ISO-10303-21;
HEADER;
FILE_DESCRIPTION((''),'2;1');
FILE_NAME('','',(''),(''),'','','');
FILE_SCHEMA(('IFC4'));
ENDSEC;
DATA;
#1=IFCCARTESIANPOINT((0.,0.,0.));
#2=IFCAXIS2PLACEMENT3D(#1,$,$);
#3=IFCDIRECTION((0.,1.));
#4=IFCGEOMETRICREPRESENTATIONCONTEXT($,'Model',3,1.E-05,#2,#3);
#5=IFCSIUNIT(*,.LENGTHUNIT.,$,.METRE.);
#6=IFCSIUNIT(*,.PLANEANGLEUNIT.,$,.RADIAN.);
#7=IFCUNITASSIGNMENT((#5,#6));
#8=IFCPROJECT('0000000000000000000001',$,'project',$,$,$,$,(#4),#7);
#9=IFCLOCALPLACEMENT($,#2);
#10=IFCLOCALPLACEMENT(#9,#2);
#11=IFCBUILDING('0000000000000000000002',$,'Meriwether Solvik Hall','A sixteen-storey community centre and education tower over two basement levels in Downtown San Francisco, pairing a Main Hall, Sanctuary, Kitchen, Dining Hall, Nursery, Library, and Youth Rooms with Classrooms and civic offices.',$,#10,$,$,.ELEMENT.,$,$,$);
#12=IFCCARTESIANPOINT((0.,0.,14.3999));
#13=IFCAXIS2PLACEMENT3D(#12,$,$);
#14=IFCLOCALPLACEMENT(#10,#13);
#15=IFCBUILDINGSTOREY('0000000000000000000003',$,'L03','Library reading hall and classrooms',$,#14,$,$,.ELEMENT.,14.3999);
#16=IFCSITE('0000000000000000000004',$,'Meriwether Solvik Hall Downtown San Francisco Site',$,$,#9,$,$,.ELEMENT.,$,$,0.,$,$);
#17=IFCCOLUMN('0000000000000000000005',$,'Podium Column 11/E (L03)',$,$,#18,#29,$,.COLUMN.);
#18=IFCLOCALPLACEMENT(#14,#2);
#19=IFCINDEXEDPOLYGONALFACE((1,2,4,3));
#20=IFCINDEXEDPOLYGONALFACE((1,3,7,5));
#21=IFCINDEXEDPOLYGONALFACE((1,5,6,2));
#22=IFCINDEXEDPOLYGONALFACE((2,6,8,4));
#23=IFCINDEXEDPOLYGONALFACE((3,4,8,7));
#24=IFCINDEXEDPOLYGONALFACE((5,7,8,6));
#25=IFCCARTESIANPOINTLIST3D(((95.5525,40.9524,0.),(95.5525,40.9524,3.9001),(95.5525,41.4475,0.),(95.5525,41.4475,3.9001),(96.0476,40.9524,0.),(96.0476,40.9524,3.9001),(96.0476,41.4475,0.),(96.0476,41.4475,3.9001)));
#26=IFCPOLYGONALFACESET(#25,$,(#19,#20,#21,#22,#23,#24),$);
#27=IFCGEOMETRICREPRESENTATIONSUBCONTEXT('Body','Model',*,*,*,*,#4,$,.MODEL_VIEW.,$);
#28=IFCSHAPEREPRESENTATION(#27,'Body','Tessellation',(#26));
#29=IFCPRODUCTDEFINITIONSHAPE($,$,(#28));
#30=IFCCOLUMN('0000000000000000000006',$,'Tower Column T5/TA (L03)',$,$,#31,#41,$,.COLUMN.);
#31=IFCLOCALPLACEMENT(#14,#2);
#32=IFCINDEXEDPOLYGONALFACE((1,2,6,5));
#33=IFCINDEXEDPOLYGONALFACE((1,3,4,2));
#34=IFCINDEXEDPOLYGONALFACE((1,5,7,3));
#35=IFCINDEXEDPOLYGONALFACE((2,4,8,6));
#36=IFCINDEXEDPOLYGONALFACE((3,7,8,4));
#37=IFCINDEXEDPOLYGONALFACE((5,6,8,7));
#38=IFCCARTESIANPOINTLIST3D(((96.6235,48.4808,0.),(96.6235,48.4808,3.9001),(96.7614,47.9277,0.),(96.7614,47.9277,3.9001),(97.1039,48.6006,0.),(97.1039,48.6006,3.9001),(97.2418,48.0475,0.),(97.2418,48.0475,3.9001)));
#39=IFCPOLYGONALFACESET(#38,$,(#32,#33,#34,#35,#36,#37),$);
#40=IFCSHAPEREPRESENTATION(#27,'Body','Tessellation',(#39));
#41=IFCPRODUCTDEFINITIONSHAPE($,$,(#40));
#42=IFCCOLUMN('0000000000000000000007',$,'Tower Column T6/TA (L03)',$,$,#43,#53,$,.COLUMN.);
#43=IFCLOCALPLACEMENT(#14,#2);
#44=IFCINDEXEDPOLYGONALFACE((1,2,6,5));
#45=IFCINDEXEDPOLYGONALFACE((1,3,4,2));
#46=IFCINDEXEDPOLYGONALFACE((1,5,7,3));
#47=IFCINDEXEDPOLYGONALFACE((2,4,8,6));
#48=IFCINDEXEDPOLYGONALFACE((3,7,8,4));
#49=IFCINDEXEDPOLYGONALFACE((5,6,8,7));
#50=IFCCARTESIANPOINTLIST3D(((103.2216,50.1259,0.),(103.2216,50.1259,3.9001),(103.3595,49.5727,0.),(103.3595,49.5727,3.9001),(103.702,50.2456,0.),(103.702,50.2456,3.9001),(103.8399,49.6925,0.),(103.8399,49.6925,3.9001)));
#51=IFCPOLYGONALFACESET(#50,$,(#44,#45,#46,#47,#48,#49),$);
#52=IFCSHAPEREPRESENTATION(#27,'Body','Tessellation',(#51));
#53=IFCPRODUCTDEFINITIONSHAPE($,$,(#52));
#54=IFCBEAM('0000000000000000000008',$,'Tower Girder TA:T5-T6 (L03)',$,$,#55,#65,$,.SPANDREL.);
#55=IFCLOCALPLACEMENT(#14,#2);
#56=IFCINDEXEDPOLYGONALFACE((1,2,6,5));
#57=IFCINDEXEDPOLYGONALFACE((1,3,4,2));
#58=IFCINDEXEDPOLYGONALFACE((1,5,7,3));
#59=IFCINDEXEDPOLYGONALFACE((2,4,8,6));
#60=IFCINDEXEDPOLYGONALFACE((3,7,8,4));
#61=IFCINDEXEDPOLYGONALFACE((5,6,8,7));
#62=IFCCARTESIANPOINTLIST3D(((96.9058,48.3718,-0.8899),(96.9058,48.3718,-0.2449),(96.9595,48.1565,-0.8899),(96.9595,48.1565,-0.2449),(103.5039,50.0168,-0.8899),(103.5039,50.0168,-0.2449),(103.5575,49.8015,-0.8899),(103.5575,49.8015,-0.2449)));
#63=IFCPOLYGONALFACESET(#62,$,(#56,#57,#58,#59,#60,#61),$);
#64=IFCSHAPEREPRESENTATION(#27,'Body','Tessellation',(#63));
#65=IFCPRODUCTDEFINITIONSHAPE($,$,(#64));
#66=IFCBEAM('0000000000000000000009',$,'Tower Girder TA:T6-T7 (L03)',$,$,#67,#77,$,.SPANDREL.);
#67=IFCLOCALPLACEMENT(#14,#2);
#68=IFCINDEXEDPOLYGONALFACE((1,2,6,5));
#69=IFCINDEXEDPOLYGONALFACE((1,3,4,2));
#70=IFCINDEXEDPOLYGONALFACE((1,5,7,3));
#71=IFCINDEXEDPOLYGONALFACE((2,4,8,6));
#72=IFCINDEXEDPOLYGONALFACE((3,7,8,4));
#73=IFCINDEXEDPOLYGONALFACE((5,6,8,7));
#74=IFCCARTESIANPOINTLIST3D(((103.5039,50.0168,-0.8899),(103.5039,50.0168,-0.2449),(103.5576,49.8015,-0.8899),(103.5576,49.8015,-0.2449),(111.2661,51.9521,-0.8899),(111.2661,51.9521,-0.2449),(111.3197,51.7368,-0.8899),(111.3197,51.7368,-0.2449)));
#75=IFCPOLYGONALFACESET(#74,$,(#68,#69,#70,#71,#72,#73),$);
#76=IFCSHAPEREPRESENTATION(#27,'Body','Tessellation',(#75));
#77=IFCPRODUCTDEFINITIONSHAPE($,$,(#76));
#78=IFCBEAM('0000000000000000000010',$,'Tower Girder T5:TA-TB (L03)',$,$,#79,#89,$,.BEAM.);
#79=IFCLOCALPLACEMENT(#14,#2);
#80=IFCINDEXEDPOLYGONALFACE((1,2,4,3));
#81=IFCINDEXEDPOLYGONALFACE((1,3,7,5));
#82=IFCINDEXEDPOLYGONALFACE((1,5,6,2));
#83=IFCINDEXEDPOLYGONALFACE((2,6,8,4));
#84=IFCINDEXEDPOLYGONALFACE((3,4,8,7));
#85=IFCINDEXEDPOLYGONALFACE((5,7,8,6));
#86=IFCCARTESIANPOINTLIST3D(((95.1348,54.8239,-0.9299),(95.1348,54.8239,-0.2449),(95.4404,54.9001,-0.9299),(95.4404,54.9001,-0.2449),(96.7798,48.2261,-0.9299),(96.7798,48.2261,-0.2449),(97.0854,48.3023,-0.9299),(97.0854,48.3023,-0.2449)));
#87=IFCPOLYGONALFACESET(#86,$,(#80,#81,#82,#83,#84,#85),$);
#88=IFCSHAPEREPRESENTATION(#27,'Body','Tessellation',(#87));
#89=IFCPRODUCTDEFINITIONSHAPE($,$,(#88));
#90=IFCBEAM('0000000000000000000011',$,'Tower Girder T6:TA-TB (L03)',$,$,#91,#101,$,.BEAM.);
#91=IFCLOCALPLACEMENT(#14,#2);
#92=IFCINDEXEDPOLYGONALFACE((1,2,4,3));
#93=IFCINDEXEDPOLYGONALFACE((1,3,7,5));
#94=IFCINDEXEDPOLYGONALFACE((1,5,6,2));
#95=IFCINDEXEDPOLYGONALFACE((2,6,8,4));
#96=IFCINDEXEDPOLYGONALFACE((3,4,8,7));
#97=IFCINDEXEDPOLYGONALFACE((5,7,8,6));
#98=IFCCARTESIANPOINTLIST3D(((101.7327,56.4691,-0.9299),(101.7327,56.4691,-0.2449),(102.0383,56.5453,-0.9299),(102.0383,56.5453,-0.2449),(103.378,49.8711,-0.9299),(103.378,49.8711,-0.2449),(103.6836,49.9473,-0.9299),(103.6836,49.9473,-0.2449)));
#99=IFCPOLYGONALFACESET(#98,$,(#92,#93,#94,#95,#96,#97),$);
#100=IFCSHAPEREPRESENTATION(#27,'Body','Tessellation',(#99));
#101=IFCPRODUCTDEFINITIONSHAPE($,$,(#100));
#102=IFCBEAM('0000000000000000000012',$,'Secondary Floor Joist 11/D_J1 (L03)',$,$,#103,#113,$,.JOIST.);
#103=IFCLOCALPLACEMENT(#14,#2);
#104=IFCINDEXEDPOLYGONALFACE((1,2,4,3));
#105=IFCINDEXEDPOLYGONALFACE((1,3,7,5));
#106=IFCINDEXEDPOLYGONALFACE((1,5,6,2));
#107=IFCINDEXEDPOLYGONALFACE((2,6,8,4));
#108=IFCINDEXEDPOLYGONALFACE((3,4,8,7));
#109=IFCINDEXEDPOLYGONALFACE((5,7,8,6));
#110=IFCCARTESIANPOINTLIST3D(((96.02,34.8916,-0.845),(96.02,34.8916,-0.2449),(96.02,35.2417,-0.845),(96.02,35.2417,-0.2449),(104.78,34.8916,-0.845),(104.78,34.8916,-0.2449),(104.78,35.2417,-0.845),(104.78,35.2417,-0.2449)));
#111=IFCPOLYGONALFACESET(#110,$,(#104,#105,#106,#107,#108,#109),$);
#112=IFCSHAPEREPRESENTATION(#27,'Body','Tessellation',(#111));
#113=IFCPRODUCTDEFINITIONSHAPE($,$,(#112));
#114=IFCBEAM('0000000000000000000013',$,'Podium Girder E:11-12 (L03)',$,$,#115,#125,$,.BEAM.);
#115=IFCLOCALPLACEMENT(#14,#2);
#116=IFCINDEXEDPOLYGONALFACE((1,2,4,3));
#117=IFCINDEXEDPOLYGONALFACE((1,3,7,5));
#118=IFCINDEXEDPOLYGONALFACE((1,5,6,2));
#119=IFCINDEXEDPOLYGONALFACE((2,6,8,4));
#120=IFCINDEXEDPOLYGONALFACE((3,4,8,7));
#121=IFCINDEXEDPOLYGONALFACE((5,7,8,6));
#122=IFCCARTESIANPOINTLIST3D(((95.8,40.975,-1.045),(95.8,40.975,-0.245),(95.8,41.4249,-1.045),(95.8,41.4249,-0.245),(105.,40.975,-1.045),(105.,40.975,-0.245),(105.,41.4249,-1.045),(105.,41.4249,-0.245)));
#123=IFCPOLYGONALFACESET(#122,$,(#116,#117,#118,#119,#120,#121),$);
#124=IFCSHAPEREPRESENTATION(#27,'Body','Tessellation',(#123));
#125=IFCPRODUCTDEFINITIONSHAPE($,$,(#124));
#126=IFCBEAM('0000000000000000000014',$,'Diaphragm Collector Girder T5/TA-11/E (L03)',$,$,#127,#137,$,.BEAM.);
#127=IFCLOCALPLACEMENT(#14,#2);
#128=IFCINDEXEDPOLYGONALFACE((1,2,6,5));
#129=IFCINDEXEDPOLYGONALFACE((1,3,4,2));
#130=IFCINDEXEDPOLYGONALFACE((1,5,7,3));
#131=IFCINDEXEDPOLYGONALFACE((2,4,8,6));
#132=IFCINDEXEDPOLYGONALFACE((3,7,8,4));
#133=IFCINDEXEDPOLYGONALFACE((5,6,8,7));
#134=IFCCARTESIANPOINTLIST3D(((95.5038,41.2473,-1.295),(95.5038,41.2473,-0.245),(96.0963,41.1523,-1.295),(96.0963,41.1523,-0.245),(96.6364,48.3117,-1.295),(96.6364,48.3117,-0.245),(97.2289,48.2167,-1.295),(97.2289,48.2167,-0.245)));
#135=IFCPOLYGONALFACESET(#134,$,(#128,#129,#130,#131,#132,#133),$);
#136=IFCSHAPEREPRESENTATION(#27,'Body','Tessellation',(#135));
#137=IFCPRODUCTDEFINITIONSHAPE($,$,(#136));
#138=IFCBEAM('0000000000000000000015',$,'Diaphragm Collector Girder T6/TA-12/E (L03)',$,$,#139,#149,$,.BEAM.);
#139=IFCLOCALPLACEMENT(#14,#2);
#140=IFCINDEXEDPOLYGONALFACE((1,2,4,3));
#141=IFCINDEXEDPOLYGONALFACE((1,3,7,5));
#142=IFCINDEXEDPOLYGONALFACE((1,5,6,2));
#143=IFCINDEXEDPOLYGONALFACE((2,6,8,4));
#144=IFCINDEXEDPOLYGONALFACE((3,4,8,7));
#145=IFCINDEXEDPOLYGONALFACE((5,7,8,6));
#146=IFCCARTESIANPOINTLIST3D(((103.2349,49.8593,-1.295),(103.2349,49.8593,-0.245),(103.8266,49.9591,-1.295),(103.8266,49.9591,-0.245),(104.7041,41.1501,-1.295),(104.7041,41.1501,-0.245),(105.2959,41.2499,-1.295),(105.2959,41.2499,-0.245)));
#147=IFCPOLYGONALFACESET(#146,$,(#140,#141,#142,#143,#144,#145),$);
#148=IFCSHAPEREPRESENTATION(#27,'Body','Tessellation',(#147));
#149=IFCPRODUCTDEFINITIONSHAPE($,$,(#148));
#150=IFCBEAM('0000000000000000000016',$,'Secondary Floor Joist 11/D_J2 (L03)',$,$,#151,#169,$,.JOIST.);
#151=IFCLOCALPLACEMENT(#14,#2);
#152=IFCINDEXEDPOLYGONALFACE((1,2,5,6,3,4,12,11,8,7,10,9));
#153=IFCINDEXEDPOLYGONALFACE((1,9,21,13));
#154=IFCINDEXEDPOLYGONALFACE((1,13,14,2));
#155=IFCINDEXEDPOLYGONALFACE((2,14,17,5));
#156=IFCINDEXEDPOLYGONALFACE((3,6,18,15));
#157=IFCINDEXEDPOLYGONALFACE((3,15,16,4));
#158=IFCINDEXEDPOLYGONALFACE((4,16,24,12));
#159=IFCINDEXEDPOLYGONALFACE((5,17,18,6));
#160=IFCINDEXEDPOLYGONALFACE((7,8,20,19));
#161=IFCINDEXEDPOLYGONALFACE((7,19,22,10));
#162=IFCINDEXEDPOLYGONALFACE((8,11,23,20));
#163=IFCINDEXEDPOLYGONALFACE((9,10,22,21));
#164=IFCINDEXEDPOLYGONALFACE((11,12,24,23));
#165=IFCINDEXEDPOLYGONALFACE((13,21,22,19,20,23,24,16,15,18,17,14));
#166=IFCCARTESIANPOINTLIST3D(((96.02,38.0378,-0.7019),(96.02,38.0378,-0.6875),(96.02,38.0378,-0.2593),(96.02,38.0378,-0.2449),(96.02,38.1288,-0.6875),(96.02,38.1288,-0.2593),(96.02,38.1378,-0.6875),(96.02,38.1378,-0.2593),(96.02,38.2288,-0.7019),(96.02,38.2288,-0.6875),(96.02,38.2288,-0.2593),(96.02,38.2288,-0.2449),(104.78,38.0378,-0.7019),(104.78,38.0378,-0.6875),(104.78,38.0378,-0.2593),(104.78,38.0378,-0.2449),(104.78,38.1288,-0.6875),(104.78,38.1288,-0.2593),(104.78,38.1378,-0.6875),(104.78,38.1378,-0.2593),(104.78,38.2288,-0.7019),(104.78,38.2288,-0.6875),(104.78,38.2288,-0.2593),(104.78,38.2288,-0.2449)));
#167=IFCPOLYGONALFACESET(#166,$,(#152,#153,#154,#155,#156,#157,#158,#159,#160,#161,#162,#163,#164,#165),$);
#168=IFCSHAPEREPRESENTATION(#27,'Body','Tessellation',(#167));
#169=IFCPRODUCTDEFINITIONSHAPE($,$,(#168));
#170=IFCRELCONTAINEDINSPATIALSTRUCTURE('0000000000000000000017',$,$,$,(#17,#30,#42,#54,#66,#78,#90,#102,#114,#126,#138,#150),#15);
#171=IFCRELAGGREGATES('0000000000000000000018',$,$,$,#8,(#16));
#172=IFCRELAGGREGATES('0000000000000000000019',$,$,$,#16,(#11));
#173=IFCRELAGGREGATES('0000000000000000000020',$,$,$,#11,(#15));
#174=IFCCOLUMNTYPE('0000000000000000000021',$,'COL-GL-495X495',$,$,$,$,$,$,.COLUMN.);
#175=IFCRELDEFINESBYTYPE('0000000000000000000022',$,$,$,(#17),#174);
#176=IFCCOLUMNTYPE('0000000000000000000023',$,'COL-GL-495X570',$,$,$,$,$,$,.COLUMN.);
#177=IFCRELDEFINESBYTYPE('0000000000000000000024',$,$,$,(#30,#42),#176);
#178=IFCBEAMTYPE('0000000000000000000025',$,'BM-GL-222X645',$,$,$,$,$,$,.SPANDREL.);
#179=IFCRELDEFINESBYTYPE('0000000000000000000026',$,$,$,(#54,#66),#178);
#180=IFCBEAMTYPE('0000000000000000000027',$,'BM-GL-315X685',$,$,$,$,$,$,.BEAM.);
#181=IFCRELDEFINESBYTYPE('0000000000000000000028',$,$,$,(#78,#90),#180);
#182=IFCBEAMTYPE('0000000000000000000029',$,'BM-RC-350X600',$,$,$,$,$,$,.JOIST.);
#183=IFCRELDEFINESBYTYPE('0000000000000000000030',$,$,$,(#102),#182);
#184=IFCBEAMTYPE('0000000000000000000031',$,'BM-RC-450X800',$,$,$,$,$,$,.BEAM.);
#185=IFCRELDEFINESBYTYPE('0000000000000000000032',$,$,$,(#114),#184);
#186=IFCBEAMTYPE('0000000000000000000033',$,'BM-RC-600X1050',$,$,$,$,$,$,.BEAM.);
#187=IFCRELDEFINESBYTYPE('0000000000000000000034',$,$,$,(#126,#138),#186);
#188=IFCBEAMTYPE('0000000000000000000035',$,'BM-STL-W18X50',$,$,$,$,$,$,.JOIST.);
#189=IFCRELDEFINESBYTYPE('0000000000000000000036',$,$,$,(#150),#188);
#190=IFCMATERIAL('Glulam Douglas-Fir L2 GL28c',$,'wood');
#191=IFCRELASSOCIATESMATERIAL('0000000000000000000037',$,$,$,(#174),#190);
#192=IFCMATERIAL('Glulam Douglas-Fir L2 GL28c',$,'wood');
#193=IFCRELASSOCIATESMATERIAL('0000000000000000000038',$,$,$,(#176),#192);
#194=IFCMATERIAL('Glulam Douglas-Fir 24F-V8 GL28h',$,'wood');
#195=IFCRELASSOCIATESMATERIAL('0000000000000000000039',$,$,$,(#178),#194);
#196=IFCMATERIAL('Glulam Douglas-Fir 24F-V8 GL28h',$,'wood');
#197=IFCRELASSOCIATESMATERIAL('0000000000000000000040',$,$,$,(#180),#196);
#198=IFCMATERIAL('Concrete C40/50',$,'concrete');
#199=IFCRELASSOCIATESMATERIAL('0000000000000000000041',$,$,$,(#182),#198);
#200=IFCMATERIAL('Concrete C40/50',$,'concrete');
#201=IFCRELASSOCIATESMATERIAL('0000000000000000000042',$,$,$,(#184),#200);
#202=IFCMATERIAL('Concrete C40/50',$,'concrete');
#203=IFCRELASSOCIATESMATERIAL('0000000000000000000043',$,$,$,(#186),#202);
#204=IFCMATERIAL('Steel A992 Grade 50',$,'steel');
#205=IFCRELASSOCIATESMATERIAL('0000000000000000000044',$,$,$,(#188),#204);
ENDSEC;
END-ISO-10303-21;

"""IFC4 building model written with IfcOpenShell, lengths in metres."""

from ifc_helpers import new_model, si_unit, direction, frame, origin, origin_2d, place, context, subcontext, project, spatial, rectangle, i_section, extrude, material, material_profile, profile_set, type_object, element, save


model = new_model("IFC4")

# Units and contexts
model_context = context("Model", 3, precision=1e-05, world=origin(), true_north=direction((0.0, 1.0)))
body_context = subcontext(model_context, "Body", "Model", "MODEL_VIEW")
ifc_project = project(units=[si_unit("LENGTHUNIT", "METRE"), si_unit("PLANEANGLEUNIT", "RADIAN")], contexts=[model_context])

# Site, building, storey
site_placement = place(None, origin())
site = spatial("IfcSite", under=ifc_project, at=site_placement, Name="Meriwether Solvik Hall Downtown San Francisco Site", CompositionType="ELEMENT", RefElevation=0.0)
building_placement = place(site_placement, origin())
building = spatial("IfcBuilding", under=site, at=building_placement, Name="Meriwether Solvik Hall", Description="A sixteen-storey community centre and education tower over two basement levels in Downtown San Francisco, pairing a Main Hall, Sanctuary, Kitchen, Dining Hall, Nursery, Library, and Youth Rooms with Classrooms and civic offices.", CompositionType="ELEMENT")
storey_placement = place(building_placement, frame((0.0, 0.0, 14.3999)))
storey = spatial("IfcBuildingStorey", under=building, at=storey_placement, Name="L03", Description="Library reading hall and classrooms", CompositionType="ELEMENT", Elevation=14.3999)

# Columns
ifc_material_1 = material(Name="Glulam Douglas-Fir L2 GL28c", Category="wood")
ifc_material_profile_1 = material_profile(ifc_material_1, rectangle(XDim=0.4951, YDim=0.4951, at=origin_2d()), Name="GLC-495X495")
ifc_profile_set_1 = profile_set([ifc_material_profile_1], Name="Glulam Douglas-Fir L2 GL28c")
column_type_1 = type_object("IfcColumnType", Name="COL-GL-495X495", PredefinedType="COLUMN", material=ifc_profile_set_1)
column_placement = place(storey_placement, frame((95.8, 41.2, 0.0), z_axis=(0.0, 0.0, 1.0), x_axis=(1.0, 0.0, 0.0)))
element("IfcColumn", 1, at=column_placement, inside=storey, type_object=column_type_1, Name="Podium Column 11/E (L03)", PredefinedType="COLUMN", context=body_context, shape_type="SweptSolid", body=[
    extrude(rectangle(XDim=0.4951, YDim=0.4951, at=origin_2d()), origin(), (0.0, 0.0, 1.0), 3.9001),
])
ifc_material_2 = material(Name="Glulam Douglas-Fir L2 GL28c", Category="wood")
ifc_material_profile_2 = material_profile(ifc_material_2, rectangle(XDim=0.4951, YDim=0.5701, at=origin_2d()), Name="GLC-495X570")
ifc_profile_set_2 = profile_set([ifc_material_profile_2], Name="Glulam Douglas-Fir L2 GL28c")
column_type_2 = type_object("IfcColumnType", Name="COL-GL-495X570", PredefinedType="COLUMN", material=ifc_profile_set_2)
for number, where, z_axis, x_axis, name in (
    (2, (96.9326, 48.2642, 0.0), (0.0, 0.0, 1.0), (0.970296, 0.241922, 0.0), "Tower Column T5/TA (L03)"),
    (3, (103.5308, 49.9092, 0.0), (0.0, 0.0, 1.0), (0.970296, 0.241922, 0.0), "Tower Column T6/TA (L03)"),
):
    element("IfcColumn", number, at=place(storey_placement, frame(where, z_axis=z_axis, x_axis=x_axis)), inside=storey, type_object=column_type_2, Name=name, PredefinedType="COLUMN", context=body_context, shape_type="SweptSolid", body=[
        extrude(rectangle(XDim=0.4951, YDim=0.5701, at=origin_2d()), origin(), (0.0, 0.0, 1.0), 3.9001),
    ])

# Beams
ifc_material_3 = material(Name="Glulam Douglas-Fir 24F-V8 GL28h", Category="wood")
ifc_material_profile_3 = material_profile(ifc_material_3, rectangle(XDim=0.2219, YDim=0.645, at=origin_2d()), Name="GLB-222X645")
ifc_profile_set_3 = profile_set([ifc_material_profile_3], Name="Glulam Douglas-Fir 24F-V8 GL28h")
beam_type_1 = type_object("IfcBeamType", Name="BM-GL-222X645", PredefinedType="SPANDREL", material=ifc_profile_set_3)
beam_1_placement = place(storey_placement, frame((96.9326, 48.2642, -0.5674), z_axis=(0.970299, 0.24191, 0.0), x_axis=(-0.24191, 0.970299, 0.0)))
element("IfcBeam", 4, at=beam_1_placement, inside=storey, type_object=beam_type_1, Name="Tower Girder TA:T5-T6 (L03)", PredefinedType="SPANDREL", context=body_context, shape_type="SweptSolid", body=[
    extrude(rectangle(XDim=0.2219, YDim=0.645, at=origin_2d()), origin(), (0.0, 0.0, 1.0), 6.8),
])
beam_2_placement = place(storey_placement, frame((103.5308, 49.9092, -0.5674), z_axis=(0.970297, 0.241918, 0.0), x_axis=(-0.241918, 0.970297, 0.0)))
element("IfcBeam", 5, at=beam_2_placement, inside=storey, type_object=beam_type_1, Name="Tower Girder TA:T6-T7 (L03)", PredefinedType="SPANDREL", context=body_context, shape_type="SweptSolid", body=[
    extrude(rectangle(XDim=0.2219, YDim=0.645, at=origin_2d()), origin(), (0.0, 0.0, 1.0), 7.9998),
])
ifc_material_4 = material(Name="Glulam Douglas-Fir 24F-V8 GL28h", Category="wood")
ifc_material_profile_4 = material_profile(ifc_material_4, rectangle(XDim=0.3149, YDim=0.6851, at=origin_2d()), Name="GLB-315X685")
ifc_profile_set_4 = profile_set([ifc_material_profile_4], Name="Glulam Douglas-Fir 24F-V8 GL28h")
beam_type_2 = type_object("IfcBeamType", Name="BM-GL-315X685", PredefinedType="BEAM", material=ifc_profile_set_4)
beam_3_placement = place(storey_placement, frame((96.9326, 48.2642, -0.5874), z_axis=(-0.241919, 0.970296, 0.0), x_axis=(-0.970296, -0.241919, 0.0)))
element("IfcBeam", 6, at=beam_3_placement, inside=storey, type_object=beam_type_2, Name="Tower Girder T5:TA-TB (L03)", PredefinedType="BEAM", context=body_context, shape_type="SweptSolid", body=[
    extrude(rectangle(XDim=0.3149, YDim=0.6851, at=origin_2d()), origin(), (0.0, 0.0, 1.0), 6.7998),
])
beam_4_placement = place(storey_placement, frame((103.5308, 49.9092, -0.5874), z_axis=(-0.241953, 0.970288, 0.0), x_axis=(-0.970288, -0.241953, 0.0)))
element("IfcBeam", 7, at=beam_4_placement, inside=storey, type_object=beam_type_2, Name="Tower Girder T6:TA-TB (L03)", PredefinedType="BEAM", context=body_context, shape_type="SweptSolid", body=[
    extrude(rectangle(XDim=0.3149, YDim=0.6851, at=origin_2d()), origin(), (0.0, 0.0, 1.0), 6.8),
])
ifc_material_5 = material(Name="Concrete C40/50", Category="concrete")
ifc_material_profile_5 = material_profile(ifc_material_5, rectangle(XDim=0.3501, YDim=0.6001, at=origin_2d()), Name="RCB-350X600")
ifc_profile_set_5 = profile_set([ifc_material_profile_5], Name="Concrete C40/50")
beam_type_3 = type_object("IfcBeamType", Name="BM-RC-350X600", PredefinedType="JOIST", material=ifc_profile_set_5)
beam_5_placement = place(storey_placement, frame((96.02, 35.0667, -0.5449), z_axis=(1.0, 0.0, 0.0), x_axis=(0.0, 1.0, 0.0)))
element("IfcBeam", 8, at=beam_5_placement, inside=storey, type_object=beam_type_3, Name="Secondary Floor Joist 11/D_J1 (L03)", PredefinedType="JOIST", context=body_context, shape_type="SweptSolid", body=[
    extrude(rectangle(XDim=0.3501, YDim=0.6001, at=origin_2d()), origin(), (0.0, 0.0, 1.0), 8.76),
])
ifc_material_6 = material(Name="Concrete C40/50", Category="concrete")
ifc_material_profile_6 = material_profile(ifc_material_6, rectangle(XDim=0.45, YDim=0.8, at=origin_2d()), Name="RCB-450X800")
ifc_profile_set_6 = profile_set([ifc_material_profile_6], Name="Concrete C40/50")
beam_type_4 = type_object("IfcBeamType", Name="BM-RC-450X800", PredefinedType="BEAM", material=ifc_profile_set_6)
beam_6_placement = place(storey_placement, frame((95.8, 41.2, -0.645), z_axis=(1.0, 0.0, 0.0), x_axis=(0.0, 1.0, 0.0)))
element("IfcBeam", 9, at=beam_6_placement, inside=storey, type_object=beam_type_4, Name="Podium Girder E:11-12 (L03)", PredefinedType="BEAM", context=body_context, shape_type="SweptSolid", body=[
    extrude(rectangle(XDim=0.45, YDim=0.8, at=origin_2d()), origin(), (0.0, 0.0, 1.0), 9.2),
])
ifc_material_7 = material(Name="Concrete C40/50", Category="concrete")
ifc_material_profile_7 = material_profile(ifc_material_7, rectangle(XDim=0.6001, YDim=1.05, at=origin_2d()), Name="RCB-600X1050")
ifc_profile_set_7 = profile_set([ifc_material_profile_7], Name="Concrete C40/50")
beam_type_5 = type_object("IfcBeamType", Name="BM-RC-600X1050", PredefinedType="BEAM", material=ifc_profile_set_7)
beam_7_placement = place(storey_placement, frame((96.9326, 48.2642, -0.77), z_axis=(-0.158303, -0.987391, 0.0), x_axis=(0.987391, -0.158303, 0.0)))
element("IfcBeam", 10, at=beam_7_placement, inside=storey, type_object=beam_type_5, Name="Diaphragm Collector Girder T5/TA-11/E (L03)", PredefinedType="BEAM", context=body_context, shape_type="SweptSolid", body=[
    extrude(rectangle(XDim=0.6001, YDim=1.05, at=origin_2d()), origin(), (0.0, 0.0, 1.0), 7.1545),
])
beam_8_placement = place(storey_placement, frame((103.5308, 49.9092, -0.77), z_axis=(0.166349, -0.986067, 0.0), x_axis=(0.986067, 0.166349, 0.0)))
element("IfcBeam", 11, at=beam_8_placement, inside=storey, type_object=beam_type_5, Name="Diaphragm Collector Girder T6/TA-12/E (L03)", PredefinedType="BEAM", context=body_context, shape_type="SweptSolid", body=[
    extrude(rectangle(XDim=0.6001, YDim=1.05, at=origin_2d()), origin(), (0.0, 0.0, 1.0), 8.8323),
])
ifc_material_8 = material(Name="Steel A992 Grade 50", Category="steel")
ifc_material_profile_8 = material_profile(ifc_material_8, i_section(OverallWidth=0.1909, OverallDepth=0.457, WebThickness=0.009, FlangeThickness=0.0144, at=origin_2d()), Name="W18X50")
ifc_profile_set_8 = profile_set([ifc_material_profile_8], Name="Steel A992 Grade 50")
beam_type_6 = type_object("IfcBeamType", Name="BM-STL-W18X50", PredefinedType="JOIST", material=ifc_profile_set_8)
beam_9_placement = place(storey_placement, frame((96.02, 38.1333, -0.4734), z_axis=(1.0, 0.0, 0.0), x_axis=(0.0, 1.0, 0.0)))
element("IfcBeam", 12, at=beam_9_placement, inside=storey, type_object=beam_type_6, Name="Secondary Floor Joist 11/D_J2 (L03)", PredefinedType="JOIST", context=body_context, shape_type="SweptSolid", body=[
    extrude(i_section(OverallWidth=0.1909, OverallDepth=0.457, WebThickness=0.009, FlangeThickness=0.0144, at=origin_2d()), origin(), (0.0, 0.0, 1.0), 8.76),
])

save(model, "model.ifc")
